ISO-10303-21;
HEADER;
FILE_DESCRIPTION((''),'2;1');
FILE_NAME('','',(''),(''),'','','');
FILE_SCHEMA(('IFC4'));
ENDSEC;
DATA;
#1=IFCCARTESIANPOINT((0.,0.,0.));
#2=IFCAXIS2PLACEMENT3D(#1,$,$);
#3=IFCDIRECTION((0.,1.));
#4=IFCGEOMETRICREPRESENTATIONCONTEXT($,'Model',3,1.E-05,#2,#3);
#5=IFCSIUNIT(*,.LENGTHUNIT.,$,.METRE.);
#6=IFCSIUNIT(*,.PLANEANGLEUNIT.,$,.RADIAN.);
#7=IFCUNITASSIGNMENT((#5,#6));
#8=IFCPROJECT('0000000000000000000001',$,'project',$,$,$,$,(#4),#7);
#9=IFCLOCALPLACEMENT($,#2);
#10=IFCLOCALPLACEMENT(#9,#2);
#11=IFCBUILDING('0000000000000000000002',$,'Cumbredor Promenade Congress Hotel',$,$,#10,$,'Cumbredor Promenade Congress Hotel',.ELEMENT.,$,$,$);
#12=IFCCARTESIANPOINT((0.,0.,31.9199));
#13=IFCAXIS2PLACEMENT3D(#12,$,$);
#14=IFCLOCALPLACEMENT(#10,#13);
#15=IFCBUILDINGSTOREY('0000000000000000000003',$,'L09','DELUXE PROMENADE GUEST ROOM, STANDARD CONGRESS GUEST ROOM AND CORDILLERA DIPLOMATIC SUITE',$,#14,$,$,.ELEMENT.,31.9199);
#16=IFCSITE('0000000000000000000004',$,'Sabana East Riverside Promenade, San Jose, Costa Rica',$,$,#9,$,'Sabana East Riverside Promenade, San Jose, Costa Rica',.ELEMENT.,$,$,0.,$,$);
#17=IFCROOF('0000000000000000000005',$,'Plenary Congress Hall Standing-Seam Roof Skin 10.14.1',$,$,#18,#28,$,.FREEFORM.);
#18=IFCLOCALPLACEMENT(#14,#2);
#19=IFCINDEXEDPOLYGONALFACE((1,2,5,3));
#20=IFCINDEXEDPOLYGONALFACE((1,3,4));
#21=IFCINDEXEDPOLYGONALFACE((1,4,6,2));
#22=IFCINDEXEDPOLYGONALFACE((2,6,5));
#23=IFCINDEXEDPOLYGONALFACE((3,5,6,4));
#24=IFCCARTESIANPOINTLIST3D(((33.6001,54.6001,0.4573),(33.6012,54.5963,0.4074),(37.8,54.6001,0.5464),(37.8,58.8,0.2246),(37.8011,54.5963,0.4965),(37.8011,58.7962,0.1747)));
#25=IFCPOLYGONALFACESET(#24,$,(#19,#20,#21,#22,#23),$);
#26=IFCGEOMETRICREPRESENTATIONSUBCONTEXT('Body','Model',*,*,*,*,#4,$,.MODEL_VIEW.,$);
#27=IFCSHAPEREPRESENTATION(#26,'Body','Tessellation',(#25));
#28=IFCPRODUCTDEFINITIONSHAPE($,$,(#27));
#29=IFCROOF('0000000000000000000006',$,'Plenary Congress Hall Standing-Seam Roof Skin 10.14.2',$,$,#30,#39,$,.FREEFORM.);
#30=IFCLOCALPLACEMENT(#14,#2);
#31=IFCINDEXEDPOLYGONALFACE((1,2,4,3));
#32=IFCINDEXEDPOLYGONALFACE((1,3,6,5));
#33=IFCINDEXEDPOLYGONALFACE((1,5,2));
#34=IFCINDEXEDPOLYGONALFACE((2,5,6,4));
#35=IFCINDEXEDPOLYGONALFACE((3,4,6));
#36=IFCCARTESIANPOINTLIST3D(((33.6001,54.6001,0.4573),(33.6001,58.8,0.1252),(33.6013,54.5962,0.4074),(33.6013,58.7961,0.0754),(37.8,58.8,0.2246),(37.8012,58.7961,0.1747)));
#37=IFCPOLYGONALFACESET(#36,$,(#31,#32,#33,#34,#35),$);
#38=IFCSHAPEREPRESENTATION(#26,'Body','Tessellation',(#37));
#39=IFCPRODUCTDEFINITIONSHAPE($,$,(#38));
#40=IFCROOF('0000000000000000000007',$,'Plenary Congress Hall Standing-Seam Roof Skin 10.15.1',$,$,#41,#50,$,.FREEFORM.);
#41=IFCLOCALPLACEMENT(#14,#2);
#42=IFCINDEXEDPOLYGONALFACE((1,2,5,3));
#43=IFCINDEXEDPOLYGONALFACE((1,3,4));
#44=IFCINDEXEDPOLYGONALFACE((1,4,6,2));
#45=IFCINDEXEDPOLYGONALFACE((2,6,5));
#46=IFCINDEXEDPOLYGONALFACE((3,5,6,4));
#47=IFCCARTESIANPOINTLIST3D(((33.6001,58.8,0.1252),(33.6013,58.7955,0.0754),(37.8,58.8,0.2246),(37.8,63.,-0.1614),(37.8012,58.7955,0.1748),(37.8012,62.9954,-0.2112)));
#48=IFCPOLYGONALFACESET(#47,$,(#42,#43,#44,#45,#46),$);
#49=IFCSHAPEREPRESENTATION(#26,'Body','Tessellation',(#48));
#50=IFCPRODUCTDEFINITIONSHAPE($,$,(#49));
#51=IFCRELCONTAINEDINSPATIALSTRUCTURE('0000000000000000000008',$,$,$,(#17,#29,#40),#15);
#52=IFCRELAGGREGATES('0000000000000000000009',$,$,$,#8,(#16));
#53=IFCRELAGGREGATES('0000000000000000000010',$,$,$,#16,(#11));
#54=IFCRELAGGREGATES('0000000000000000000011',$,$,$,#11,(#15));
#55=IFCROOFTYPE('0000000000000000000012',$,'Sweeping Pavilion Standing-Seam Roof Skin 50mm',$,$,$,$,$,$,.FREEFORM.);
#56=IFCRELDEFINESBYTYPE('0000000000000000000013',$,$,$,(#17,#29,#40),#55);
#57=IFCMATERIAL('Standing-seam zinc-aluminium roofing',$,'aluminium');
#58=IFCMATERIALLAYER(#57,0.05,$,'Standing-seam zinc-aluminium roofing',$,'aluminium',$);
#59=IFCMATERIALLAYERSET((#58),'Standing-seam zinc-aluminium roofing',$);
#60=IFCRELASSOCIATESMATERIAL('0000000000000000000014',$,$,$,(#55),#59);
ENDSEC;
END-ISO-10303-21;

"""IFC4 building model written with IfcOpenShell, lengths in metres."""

from ifc_helpers import new_model, si_unit, direction, frame, origin, place, context, subcontext, project, spatial, polyline, outline, extrude, material, layer, layer_set, type_object, element, save


model = new_model("IFC4")

# Units and contexts
model_context = context("Model", 3, precision=1e-05, world=origin(), true_north=direction((0.0, 1.0)))
body_context = subcontext(model_context, "Body", "Model", "MODEL_VIEW")
ifc_project = project(units=[si_unit("LENGTHUNIT", "METRE"), si_unit("PLANEANGLEUNIT", "RADIAN")], contexts=[model_context])

# Site, building, storey
site_placement = place(None, origin())
site = spatial("IfcSite", under=ifc_project, at=site_placement, Name="Sabana East Riverside Promenade, San Jose, Costa Rica", LongName="Sabana East Riverside Promenade, San Jose, Costa Rica", CompositionType="ELEMENT", RefElevation=0.0)
building_placement = place(site_placement, origin())
building = spatial("IfcBuilding", under=site, at=building_placement, Name="Cumbredor Promenade Congress Hotel", LongName="Cumbredor Promenade Congress Hotel", CompositionType="ELEMENT")
storey_placement = place(building_placement, frame((0.0, 0.0, 31.9199)))
storey = spatial("IfcBuildingStorey", under=building, at=storey_placement, Name="L09", Description="DELUXE PROMENADE GUEST ROOM, STANDARD CONGRESS GUEST ROOM AND CORDILLERA DIPLOMATIC SUITE", CompositionType="ELEMENT", Elevation=31.9199)

# Roofs
ifc_material_1 = material(Name="Standing-seam zinc-aluminium roofing", Category="aluminium")
ifc_layer_1 = layer(ifc_material_1, 0.05, Name="Standing-seam zinc-aluminium roofing", Category="aluminium")
ifc_layer_set_1 = layer_set([ifc_layer_1], Name="Standing-seam zinc-aluminium roofing")
roof_type = type_object("IfcRoofType", Name="Sweeping Pavilion Standing-Seam Roof Skin 50mm", PredefinedType="FREEFORM", material=ifc_layer_set_1)
roof_1_placement = place(storey_placement, frame((33.6001, 54.6001, 0.4573), z_axis=(-0.02115, 0.076374, 0.996855), x_axis=(0.999775, 0.0, 0.021212)))
element("IfcRoof", 1, at=roof_1_placement, inside=storey, type_object=roof_type, Name="Plenary Congress Hall Standing-Seam Roof Skin 10.14.1", PredefinedType="FREEFORM", context=body_context, shape_type="SweptSolid", body=[
    extrude(outline(polyline([(0.0, 0.0), (4.2009, 0.0), (4.1941, 4.2123), (0.0, 0.0)])), origin(), (0.0, 0.0, -1.0), 0.05),
])
roof_2_placement = place(storey_placement, frame((33.6001, 54.6001, 0.4573), z_axis=(-0.023579, 0.078788, 0.996613), x_axis=(0.706565, 0.706565, -0.039142)))
element("IfcRoof", 2, at=roof_2_placement, inside=storey, type_object=roof_type, Name="Plenary Congress Hall Standing-Seam Roof Skin 10.14.2", PredefinedType="FREEFORM", context=body_context, shape_type="SweptSolid", body=[
    extrude(outline(polyline([(0.0, 0.0), (5.9442, 0.0), (2.9805, 2.9776), (0.0, 0.0)])), origin(), (0.0, 0.0, -1.0), 0.05),
])
roof_3_placement = place(storey_placement, frame((33.6001, 58.8, 0.1252), z_axis=(-0.023553, 0.091492, 0.995527), x_axis=(0.99972, 0.0, 0.023652)))
element("IfcRoof", 3, at=roof_3_placement, inside=storey, type_object=roof_type, Name="Plenary Congress Hall Standing-Seam Roof Skin 10.15.1", PredefinedType="FREEFORM", context=body_context, shape_type="SweptSolid", body=[
    extrude(outline(polyline([(0.0, 0.0), (4.2011, 0.0), (4.192, 4.2176), (0.0, 0.0)])), origin(), (0.0, 0.0, -1.0), 0.05),
])

save(model, "model.ifc")
